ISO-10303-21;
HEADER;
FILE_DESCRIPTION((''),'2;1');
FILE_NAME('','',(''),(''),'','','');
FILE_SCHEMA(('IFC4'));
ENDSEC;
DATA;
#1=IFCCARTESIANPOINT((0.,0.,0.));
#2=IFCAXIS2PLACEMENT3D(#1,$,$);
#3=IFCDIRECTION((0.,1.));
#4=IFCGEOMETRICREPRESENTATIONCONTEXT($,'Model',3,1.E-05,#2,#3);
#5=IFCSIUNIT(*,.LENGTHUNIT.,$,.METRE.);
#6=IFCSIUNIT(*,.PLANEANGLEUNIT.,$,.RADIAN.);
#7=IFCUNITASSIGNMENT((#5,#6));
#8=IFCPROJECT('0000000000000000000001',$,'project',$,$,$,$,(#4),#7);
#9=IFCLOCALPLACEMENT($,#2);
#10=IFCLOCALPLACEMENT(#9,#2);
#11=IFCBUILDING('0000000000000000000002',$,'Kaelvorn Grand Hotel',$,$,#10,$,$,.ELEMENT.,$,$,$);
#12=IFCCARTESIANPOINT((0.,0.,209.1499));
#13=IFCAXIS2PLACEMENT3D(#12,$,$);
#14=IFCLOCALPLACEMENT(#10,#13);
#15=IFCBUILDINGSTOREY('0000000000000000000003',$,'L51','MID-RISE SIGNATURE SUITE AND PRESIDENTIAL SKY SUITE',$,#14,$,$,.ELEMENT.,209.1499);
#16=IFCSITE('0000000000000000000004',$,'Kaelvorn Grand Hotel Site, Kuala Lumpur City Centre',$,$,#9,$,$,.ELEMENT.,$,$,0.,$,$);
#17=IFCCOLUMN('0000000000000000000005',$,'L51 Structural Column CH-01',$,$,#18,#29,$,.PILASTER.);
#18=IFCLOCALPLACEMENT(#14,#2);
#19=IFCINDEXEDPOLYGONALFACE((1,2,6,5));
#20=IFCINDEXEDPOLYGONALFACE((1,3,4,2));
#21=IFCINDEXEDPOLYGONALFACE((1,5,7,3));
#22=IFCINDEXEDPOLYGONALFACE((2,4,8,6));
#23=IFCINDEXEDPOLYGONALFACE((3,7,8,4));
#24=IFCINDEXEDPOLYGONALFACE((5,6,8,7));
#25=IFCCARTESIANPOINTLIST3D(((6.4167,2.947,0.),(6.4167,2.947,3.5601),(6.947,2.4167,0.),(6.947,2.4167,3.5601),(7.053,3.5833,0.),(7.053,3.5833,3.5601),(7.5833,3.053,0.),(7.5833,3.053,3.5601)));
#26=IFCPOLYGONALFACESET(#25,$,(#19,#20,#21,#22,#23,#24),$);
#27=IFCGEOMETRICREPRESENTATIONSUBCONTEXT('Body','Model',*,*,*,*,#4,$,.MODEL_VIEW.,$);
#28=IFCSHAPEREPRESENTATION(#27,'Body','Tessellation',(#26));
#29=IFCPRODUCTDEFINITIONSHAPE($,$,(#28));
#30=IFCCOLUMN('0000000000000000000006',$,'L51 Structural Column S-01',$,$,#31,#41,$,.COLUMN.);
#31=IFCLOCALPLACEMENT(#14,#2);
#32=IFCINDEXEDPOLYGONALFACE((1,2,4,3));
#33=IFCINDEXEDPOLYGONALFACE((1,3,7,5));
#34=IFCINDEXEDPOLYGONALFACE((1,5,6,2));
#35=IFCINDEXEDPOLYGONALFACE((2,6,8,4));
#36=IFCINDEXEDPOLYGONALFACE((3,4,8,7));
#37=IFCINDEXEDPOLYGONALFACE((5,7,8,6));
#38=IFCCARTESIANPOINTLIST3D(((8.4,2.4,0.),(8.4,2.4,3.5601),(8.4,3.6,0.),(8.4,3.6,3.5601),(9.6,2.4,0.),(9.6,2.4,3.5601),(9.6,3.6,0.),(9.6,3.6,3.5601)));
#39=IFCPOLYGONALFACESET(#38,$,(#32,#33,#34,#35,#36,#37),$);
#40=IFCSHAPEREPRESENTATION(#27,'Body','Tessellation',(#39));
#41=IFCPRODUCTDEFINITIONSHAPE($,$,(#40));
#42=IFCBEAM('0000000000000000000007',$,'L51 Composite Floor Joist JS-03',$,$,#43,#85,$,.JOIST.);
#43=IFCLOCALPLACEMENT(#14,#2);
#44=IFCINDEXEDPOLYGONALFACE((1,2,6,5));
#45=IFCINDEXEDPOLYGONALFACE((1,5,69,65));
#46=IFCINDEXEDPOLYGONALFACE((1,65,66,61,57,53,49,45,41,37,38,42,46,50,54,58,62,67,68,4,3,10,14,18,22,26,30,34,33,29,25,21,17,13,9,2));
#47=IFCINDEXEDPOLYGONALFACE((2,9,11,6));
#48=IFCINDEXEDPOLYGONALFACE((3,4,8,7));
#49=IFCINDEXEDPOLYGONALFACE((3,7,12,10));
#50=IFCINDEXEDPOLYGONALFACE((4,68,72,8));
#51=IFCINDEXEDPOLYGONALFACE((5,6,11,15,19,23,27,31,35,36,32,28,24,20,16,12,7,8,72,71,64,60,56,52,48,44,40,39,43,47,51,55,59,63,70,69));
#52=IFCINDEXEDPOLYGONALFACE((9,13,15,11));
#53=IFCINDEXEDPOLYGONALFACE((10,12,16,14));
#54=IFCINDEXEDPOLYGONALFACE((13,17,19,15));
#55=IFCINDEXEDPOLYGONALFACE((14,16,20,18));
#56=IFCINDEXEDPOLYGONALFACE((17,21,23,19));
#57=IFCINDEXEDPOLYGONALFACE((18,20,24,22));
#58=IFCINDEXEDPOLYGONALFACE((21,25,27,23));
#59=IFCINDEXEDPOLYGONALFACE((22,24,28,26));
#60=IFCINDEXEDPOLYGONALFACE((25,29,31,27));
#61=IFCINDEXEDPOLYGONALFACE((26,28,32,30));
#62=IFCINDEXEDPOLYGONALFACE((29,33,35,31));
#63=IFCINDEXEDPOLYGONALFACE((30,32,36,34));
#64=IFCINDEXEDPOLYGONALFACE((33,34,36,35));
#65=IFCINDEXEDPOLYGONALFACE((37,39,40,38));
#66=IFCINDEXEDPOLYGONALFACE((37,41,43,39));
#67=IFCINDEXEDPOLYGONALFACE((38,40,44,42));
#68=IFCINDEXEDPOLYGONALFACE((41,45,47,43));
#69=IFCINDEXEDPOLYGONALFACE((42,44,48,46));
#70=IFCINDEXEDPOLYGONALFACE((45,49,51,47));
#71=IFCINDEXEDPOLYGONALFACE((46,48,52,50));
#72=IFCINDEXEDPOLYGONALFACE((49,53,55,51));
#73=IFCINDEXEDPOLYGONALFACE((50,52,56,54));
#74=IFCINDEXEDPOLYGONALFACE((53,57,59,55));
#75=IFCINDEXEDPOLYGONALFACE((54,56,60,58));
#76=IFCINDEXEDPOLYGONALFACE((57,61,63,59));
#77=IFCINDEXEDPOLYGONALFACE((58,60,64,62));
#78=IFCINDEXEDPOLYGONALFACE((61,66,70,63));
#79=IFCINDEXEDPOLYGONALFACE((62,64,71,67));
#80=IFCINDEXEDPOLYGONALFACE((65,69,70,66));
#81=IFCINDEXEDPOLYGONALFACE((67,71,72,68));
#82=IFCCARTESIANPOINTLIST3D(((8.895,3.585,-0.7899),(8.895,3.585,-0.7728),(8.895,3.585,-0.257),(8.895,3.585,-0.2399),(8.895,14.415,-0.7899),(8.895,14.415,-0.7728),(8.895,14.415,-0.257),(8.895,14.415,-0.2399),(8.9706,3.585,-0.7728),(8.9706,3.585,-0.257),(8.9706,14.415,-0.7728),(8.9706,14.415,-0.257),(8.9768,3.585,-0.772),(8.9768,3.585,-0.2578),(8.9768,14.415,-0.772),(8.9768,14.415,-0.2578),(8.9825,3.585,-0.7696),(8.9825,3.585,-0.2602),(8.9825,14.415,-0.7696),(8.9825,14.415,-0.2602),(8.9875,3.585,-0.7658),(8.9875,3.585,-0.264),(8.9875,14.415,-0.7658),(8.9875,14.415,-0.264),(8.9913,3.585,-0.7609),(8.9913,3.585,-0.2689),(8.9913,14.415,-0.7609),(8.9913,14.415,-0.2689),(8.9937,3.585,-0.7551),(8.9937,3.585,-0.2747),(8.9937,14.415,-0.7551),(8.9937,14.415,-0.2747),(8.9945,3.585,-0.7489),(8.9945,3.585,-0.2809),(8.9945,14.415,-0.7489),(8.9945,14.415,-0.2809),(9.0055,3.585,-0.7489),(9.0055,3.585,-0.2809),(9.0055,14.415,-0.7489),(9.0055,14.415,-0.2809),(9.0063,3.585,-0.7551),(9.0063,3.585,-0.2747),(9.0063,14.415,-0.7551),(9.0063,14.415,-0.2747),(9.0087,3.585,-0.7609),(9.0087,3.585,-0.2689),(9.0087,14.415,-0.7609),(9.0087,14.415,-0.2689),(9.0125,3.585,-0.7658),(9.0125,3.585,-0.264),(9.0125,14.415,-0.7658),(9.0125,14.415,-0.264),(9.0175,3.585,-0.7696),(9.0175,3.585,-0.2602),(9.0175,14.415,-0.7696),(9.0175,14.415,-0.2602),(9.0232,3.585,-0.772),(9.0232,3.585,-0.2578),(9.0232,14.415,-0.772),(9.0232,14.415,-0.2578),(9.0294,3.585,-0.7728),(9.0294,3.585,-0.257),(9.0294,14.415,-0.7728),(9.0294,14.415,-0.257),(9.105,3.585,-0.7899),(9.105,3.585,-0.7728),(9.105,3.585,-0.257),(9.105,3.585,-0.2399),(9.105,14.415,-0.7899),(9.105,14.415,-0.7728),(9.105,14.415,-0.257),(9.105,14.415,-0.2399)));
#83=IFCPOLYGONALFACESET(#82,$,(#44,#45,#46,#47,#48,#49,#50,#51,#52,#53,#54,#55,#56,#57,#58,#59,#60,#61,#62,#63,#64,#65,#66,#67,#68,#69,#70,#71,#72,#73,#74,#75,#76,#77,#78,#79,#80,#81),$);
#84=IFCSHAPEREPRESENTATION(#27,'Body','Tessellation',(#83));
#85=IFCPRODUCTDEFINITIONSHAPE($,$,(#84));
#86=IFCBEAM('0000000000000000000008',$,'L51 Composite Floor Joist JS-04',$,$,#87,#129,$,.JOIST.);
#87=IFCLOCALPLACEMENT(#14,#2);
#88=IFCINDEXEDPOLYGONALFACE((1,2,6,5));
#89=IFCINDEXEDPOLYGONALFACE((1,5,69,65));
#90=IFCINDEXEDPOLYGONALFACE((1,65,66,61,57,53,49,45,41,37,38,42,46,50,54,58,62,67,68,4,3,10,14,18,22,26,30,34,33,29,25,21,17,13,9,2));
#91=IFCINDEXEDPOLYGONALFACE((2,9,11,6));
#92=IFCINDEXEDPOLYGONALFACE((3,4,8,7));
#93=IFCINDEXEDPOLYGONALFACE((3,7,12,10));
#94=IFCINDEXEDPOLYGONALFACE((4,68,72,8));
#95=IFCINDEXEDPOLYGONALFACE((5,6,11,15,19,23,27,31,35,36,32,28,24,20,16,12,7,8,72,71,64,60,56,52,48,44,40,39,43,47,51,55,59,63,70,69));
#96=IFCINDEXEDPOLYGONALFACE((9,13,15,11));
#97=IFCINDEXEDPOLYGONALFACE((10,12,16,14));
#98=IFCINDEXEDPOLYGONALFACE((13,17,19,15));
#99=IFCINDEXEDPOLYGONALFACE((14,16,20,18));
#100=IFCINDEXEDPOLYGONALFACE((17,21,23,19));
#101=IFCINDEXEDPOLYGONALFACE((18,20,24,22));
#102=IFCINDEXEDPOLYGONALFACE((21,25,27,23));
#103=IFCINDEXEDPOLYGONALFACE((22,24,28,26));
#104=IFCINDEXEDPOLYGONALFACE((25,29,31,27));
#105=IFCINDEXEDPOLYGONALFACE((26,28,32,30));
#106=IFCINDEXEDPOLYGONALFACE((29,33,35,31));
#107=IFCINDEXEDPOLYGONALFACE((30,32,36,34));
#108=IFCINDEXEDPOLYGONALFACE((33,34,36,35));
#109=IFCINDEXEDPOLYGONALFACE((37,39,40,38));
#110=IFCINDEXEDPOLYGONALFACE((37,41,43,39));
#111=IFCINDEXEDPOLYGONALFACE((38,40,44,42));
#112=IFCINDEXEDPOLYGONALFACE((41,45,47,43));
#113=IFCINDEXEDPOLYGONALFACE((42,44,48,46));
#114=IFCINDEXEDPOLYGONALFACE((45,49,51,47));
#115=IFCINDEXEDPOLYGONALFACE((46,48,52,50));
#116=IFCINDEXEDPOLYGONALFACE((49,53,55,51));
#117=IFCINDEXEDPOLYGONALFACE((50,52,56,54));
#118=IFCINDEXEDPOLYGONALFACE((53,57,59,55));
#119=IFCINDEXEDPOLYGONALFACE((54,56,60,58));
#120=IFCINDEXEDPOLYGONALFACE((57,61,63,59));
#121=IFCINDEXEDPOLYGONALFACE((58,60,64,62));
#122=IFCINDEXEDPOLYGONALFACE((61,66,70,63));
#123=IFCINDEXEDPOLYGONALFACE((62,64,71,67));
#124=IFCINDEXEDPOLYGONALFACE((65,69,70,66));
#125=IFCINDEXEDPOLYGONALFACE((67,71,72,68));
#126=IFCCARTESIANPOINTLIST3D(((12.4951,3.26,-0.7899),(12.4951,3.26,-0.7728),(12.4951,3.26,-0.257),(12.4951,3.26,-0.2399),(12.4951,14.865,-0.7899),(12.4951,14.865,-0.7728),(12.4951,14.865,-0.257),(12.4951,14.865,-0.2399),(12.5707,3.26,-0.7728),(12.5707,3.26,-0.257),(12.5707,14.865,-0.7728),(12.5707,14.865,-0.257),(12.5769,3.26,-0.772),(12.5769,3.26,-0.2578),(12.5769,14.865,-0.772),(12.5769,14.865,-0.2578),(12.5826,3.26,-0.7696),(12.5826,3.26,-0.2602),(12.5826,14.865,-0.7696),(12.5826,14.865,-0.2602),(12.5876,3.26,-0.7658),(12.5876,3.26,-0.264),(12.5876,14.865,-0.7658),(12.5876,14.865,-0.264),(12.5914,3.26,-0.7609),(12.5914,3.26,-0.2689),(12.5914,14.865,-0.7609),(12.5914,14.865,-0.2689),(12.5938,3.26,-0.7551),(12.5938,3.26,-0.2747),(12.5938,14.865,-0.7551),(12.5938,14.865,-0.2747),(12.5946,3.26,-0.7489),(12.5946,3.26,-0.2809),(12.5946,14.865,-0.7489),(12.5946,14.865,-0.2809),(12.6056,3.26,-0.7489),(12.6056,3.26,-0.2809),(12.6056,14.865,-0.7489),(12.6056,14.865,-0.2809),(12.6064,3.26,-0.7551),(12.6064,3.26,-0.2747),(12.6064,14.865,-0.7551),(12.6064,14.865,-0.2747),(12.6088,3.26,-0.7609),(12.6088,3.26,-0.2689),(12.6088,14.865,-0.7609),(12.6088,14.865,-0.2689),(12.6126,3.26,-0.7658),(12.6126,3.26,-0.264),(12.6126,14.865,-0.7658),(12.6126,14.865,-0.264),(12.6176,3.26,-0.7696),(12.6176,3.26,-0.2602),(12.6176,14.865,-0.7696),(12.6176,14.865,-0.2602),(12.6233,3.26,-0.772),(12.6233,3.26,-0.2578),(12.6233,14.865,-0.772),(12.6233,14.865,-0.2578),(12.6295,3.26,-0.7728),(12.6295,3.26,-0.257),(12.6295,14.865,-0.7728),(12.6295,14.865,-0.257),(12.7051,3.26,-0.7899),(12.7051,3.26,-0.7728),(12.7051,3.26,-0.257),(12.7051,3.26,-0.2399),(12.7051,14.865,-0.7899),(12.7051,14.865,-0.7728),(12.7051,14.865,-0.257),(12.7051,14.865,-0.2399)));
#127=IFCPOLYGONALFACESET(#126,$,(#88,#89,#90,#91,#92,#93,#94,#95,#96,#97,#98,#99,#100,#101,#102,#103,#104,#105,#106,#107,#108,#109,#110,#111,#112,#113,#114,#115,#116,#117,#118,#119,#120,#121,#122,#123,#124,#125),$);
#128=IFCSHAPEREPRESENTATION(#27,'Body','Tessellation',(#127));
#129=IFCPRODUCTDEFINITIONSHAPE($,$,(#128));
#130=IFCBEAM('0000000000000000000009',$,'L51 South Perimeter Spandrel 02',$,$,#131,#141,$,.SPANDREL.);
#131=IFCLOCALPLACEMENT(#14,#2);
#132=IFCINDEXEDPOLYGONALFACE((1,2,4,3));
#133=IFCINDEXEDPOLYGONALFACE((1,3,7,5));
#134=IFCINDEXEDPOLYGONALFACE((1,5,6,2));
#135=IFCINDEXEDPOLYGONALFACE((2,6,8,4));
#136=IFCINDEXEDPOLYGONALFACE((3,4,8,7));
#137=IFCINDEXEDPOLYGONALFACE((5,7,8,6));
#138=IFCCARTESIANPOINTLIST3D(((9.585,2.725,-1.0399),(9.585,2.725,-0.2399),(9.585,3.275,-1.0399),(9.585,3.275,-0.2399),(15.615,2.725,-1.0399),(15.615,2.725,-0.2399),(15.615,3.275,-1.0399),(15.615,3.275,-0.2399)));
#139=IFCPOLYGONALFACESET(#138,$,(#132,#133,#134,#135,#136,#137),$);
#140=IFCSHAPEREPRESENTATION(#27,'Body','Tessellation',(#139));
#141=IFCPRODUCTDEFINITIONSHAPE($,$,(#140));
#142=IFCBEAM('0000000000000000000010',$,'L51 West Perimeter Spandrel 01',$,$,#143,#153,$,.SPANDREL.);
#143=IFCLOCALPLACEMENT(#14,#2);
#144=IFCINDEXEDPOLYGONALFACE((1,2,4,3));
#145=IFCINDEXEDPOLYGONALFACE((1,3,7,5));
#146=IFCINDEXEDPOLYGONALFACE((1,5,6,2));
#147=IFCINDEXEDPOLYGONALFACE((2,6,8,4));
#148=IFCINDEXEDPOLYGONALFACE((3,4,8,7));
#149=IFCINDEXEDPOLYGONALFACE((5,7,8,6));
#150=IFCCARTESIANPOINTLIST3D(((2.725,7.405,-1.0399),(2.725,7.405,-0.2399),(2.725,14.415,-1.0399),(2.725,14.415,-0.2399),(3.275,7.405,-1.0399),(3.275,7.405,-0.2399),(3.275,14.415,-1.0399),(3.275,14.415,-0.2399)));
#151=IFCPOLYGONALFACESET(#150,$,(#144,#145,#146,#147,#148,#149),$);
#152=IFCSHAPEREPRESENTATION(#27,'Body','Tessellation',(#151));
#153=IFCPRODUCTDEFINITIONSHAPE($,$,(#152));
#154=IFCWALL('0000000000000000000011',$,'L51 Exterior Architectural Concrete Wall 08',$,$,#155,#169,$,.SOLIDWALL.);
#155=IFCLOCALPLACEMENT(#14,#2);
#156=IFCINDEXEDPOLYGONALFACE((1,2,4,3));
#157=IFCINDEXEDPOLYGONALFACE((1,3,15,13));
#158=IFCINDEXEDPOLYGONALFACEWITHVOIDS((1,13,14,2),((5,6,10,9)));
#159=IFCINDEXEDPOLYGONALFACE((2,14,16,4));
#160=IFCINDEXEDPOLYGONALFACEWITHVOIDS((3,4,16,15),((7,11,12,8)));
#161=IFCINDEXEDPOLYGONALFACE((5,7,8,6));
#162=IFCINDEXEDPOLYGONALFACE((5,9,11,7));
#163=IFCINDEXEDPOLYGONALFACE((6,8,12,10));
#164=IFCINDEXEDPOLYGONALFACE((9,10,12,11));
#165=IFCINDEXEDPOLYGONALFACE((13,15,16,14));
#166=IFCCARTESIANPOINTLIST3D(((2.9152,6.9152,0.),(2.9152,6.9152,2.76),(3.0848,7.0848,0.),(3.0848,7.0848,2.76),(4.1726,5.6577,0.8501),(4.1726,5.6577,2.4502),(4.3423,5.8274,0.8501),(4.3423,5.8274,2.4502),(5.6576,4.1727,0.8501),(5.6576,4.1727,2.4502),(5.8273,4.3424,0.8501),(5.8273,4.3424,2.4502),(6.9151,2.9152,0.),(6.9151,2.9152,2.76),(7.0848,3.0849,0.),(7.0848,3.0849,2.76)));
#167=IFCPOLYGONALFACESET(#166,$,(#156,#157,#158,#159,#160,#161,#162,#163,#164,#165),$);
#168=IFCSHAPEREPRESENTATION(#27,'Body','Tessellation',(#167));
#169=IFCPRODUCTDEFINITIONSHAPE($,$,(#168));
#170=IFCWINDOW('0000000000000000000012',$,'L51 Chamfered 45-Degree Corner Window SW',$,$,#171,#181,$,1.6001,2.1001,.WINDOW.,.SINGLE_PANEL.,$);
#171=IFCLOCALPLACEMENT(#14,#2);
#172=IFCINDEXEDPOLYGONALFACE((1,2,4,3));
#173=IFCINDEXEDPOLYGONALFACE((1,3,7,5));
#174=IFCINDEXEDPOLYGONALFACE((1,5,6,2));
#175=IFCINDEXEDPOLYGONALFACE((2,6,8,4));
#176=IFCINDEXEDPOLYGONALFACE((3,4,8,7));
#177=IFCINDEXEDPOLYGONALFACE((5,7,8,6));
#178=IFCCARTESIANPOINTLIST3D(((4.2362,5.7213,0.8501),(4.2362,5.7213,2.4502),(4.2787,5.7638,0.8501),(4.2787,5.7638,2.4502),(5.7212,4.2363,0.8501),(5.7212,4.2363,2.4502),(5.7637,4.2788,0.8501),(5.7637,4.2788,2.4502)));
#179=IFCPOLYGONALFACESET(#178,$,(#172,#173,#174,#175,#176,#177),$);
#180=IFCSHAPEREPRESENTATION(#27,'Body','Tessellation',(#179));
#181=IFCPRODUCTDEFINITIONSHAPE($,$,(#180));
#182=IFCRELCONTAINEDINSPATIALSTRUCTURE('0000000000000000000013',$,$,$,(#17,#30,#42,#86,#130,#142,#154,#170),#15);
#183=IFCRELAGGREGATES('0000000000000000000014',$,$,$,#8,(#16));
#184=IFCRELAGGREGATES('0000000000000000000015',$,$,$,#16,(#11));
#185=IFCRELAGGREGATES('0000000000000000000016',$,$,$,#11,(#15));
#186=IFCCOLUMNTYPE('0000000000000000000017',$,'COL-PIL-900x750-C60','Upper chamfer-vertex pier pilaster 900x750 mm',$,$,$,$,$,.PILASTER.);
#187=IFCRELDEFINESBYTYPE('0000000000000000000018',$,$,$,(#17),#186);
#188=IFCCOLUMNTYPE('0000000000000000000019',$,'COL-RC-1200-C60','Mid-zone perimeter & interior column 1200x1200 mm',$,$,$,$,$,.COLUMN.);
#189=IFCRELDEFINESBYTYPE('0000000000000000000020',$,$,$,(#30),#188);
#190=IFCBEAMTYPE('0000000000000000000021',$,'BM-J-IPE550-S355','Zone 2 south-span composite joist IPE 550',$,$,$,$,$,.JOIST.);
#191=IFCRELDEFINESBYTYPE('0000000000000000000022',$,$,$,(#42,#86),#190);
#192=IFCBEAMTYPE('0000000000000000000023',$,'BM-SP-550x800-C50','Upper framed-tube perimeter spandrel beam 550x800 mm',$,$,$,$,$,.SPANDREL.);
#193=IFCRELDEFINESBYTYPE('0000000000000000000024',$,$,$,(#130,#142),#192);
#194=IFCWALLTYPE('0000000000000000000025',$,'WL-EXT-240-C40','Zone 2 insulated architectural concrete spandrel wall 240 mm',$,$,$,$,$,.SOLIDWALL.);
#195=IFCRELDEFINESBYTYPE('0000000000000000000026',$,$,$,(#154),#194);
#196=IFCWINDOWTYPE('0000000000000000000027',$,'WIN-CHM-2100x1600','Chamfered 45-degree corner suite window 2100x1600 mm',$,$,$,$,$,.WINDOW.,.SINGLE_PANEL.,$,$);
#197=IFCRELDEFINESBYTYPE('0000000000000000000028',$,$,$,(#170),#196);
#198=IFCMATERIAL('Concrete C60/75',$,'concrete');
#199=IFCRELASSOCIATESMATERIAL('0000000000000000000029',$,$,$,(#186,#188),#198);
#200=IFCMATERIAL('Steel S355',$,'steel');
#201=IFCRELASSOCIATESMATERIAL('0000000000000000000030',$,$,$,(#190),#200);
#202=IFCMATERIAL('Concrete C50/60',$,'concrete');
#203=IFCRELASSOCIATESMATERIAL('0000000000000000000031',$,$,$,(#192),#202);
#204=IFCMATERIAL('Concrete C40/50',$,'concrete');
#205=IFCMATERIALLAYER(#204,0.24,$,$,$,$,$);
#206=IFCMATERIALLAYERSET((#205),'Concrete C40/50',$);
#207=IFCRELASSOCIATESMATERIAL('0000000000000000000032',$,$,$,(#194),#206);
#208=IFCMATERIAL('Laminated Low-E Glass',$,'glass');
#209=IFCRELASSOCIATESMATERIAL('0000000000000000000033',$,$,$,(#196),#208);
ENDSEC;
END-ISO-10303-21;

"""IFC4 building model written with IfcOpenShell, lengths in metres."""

from ifc_helpers import new_model, si_unit, direction, frame, frame_2d, origin, origin_2d, place, context, subcontext, project, spatial, rectangle, i_section, extrude, material, layer, layer_set, material_profile, profile_set, type_object, element, fill, save


model = new_model("IFC4")

# Units and contexts
model_context = context("Model", 3, precision=1e-05, world=origin(), true_north=direction((0.0, 1.0)))
body_context = subcontext(model_context, "Body", "Model", "MODEL_VIEW")
ifc_project = project(units=[si_unit("LENGTHUNIT", "METRE"), si_unit("PLANEANGLEUNIT", "RADIAN")], contexts=[model_context])

# Site, building, storey
site_placement = place(None, origin())
site = spatial("IfcSite", under=ifc_project, at=site_placement, Name="Kaelvorn Grand Hotel Site, Kuala Lumpur City Centre", CompositionType="ELEMENT", RefElevation=0.0)
building_placement = place(site_placement, origin())
building = spatial("IfcBuilding", under=site, at=building_placement, Name="Kaelvorn Grand Hotel", CompositionType="ELEMENT")
storey_placement = place(building_placement, frame((0.0, 0.0, 209.1499)))
storey = spatial("IfcBuildingStorey", under=building, at=storey_placement, Name="L51", Description="MID-RISE SIGNATURE SUITE AND PRESIDENTIAL SKY SUITE", CompositionType="ELEMENT", Elevation=209.1499)

# Columns
ifc_material_1 = material(Name="Concrete C60/75", Category="concrete")
ifc_material_profile_1 = material_profile(ifc_material_1, rectangle(XDim=0.8999, YDim=0.75, at=origin_2d()), Name="RC PILASTER 900x750")
ifc_profile_set_1 = profile_set([ifc_material_profile_1], Name="Concrete C60/75")
column_type_1 = type_object("IfcColumnType", Name="COL-PIL-900x750-C60", Description="Upper chamfer-vertex pier pilaster 900x750 mm", PredefinedType="PILASTER", material=ifc_profile_set_1)
column_1_placement = place(storey_placement, frame((7.0, 3.0, 0.0), z_axis=(0.0, 0.0, 1.0), x_axis=(0.707107, 0.707107, 0.0)))
element("IfcColumn", 1, at=column_1_placement, inside=storey, type_object=column_type_1, Name="L51 Structural Column CH-01", PredefinedType="PILASTER", context=body_context, shape_type="SweptSolid", body=[
    extrude(rectangle(XDim=0.8999, YDim=0.75, at=origin_2d()), origin(), (0.0, 0.0, 1.0), 3.5601),
])
ifc_material_profile_2 = material_profile(ifc_material_1, rectangle(XDim=1.2, YDim=1.2, at=origin_2d()), Name="RC COL 1200x1200")
ifc_profile_set_2 = profile_set([ifc_material_profile_2], Name="Concrete C60/75")
column_type_2 = type_object("IfcColumnType", Name="COL-RC-1200-C60", Description="Mid-zone perimeter & interior column 1200x1200 mm", PredefinedType="COLUMN", material=ifc_profile_set_2)
column_2_placement = place(storey_placement, frame((9.0, 3.0, 0.0), z_axis=(0.0, 0.0, 1.0), x_axis=(1.0, 0.0, 0.0)))
element("IfcColumn", 2, at=column_2_placement, inside=storey, type_object=column_type_2, Name="L51 Structural Column S-01", PredefinedType="COLUMN", context=body_context, shape_type="SweptSolid", body=[
    extrude(rectangle(XDim=1.2, YDim=1.2, at=origin_2d()), origin(), (0.0, 0.0, 1.0), 3.5601),
])

# Beams
ifc_material_2 = material(Name="Steel S355", Category="steel")
ifc_material_profile_3 = material_profile(ifc_material_2, i_section(OverallWidth=0.21, OverallDepth=0.55, WebThickness=0.011, FlangeThickness=0.0171, FilletRadius=0.0239, at=origin_2d()), Name="IPE 550")
ifc_profile_set_3 = profile_set([ifc_material_profile_3], Name="Steel S355")
beam_type_1 = type_object("IfcBeamType", Name="BM-J-IPE550-S355", Description="Zone 2 south-span composite joist IPE 550", PredefinedType="JOIST", material=ifc_profile_set_3)
beam_1_placement = place(storey_placement, frame((9.0, 3.585, -0.5149), z_axis=(0.0, 1.0, 0.0), x_axis=(-1.0, 0.0, 0.0)))
element("IfcBeam", 3, at=beam_1_placement, inside=storey, type_object=beam_type_1, Name="L51 Composite Floor Joist JS-03", PredefinedType="JOIST", context=body_context, shape_type="SweptSolid", body=[
    extrude(i_section(OverallWidth=0.21, OverallDepth=0.55, WebThickness=0.011, FlangeThickness=0.0171, FilletRadius=0.0239, at=origin_2d()), origin(), (0.0, 0.0, 1.0), 10.8301),
])
beam_2_placement = place(storey_placement, frame((12.6001, 3.26, -0.5149), z_axis=(0.0, 1.0, 0.0), x_axis=(-1.0, 0.0, 0.0)))
element("IfcBeam", 4, at=beam_2_placement, inside=storey, type_object=beam_type_1, Name="L51 Composite Floor Joist JS-04", PredefinedType="JOIST", context=body_context, shape_type="SweptSolid", body=[
    extrude(i_section(OverallWidth=0.21, OverallDepth=0.55, WebThickness=0.011, FlangeThickness=0.0171, FilletRadius=0.0239, at=origin_2d()), origin(), (0.0, 0.0, 1.0), 11.605),
])
ifc_material_3 = material(Name="Concrete C50/60", Category="concrete")
ifc_material_profile_4 = material_profile(ifc_material_3, rectangle(XDim=0.55, YDim=0.8, at=origin_2d()), Name="RC SPANDREL 550x800")
ifc_profile_set_4 = profile_set([ifc_material_profile_4], Name="Concrete C50/60")
beam_type_2 = type_object("IfcBeamType", Name="BM-SP-550x800-C50", Description="Upper framed-tube perimeter spandrel beam 550x800 mm", PredefinedType="SPANDREL", material=ifc_profile_set_4)
beam_3_placement = place(storey_placement, frame((9.585, 3.0, -0.6399), z_axis=(1.0, 0.0, 0.0), x_axis=(0.0, 1.0, 0.0)))
element("IfcBeam", 5, at=beam_3_placement, inside=storey, type_object=beam_type_2, Name="L51 South Perimeter Spandrel 02", PredefinedType="SPANDREL", context=body_context, shape_type="SweptSolid", body=[
    extrude(rectangle(XDim=0.55, YDim=0.8, at=origin_2d()), origin(), (0.0, 0.0, 1.0), 6.03),
])
beam_4_placement = place(storey_placement, frame((3.0, 7.405, -0.6399), z_axis=(0.0, 1.0, 0.0), x_axis=(-1.0, 0.0, 0.0)))
element("IfcBeam", 6, at=beam_4_placement, inside=storey, type_object=beam_type_2, Name="L51 West Perimeter Spandrel 01", PredefinedType="SPANDREL", context=body_context, shape_type="SweptSolid", body=[
    extrude(rectangle(XDim=0.55, YDim=0.8, at=origin_2d()), origin(), (0.0, 0.0, 1.0), 7.01),
])

# Shared definitions
ifc_material_4 = material(Name="Concrete C40/50", Category="concrete")
ifc_layer_1 = layer(ifc_material_4, 0.24)
ifc_layer_set_1 = layer_set([ifc_layer_1], Name="Concrete C40/50")
wall_type_1 = type_object("IfcWallType", Name="WL-EXT-240-C40", Description="Zone 2 insulated architectural concrete spandrel wall 240 mm", PredefinedType="SOLIDWALL", material=ifc_layer_set_1)
ifc_material_5 = material(Name="Laminated Low-E Glass", Category="glass")

# Wall, opening, window
wall_1_placement = place(storey_placement, frame((3.0, 7.0, 0.0), z_axis=(0.0, 0.0, 1.0), x_axis=(0.707107, -0.707107, 0.0)))
wall_1 = element("IfcWall", 7, at=wall_1_placement, inside=storey, type_object=wall_type_1, Name="L51 Exterior Architectural Concrete Wall 08", PredefinedType="SOLIDWALL", context=body_context, shape_type="SweptSolid", body=[
    extrude(rectangle(XDim=5.6567, YDim=0.24, at=frame_2d((2.8284, 0.0))), origin(), (0.0, 0.0, 1.0), 2.76),
])
opening_1_placement = place(wall_1_placement, frame((1.7783, 0.0, 0.8501)))
opening_1 = element("IfcOpeningElement", 8, at=opening_1_placement, cuts=wall_1, PredefinedType="OPENING", context=body_context, shape_type="SweptSolid", body=[
    extrude(rectangle(XDim=2.1001, YDim=1.6001, at=frame_2d((1.05, 0.8))), frame((0.0, 0.1299, 0.0), z_axis=(0.0, -1.0, 0.0), x_axis=(1.0, 0.0, 0.0)), (0.0, 0.0, 1.0), 0.26),
])
window_type_1 = type_object("IfcWindowType", Name="WIN-CHM-2100x1600", Description="Chamfered 45-degree corner suite window 2100x1600 mm", PartitioningType="SINGLE_PANEL", PredefinedType="WINDOW", material=ifc_material_5)
window_1_placement = place(opening_1_placement, origin())
window_1 = element("IfcWindow", 9, at=window_1_placement, inside=storey, type_object=window_type_1, Name="L51 Chamfered 45-Degree Corner Window SW", OverallHeight=1.6001, OverallWidth=2.1001, PartitioningType="SINGLE_PANEL", PredefinedType="WINDOW", context=body_context, shape_type="SweptSolid", body=[
    extrude(rectangle(XDim=2.1001, YDim=1.6001, at=frame_2d((1.05, 0.8))), frame((0.0, 0.03, 0.0), z_axis=(0.0, -1.0, 0.0), x_axis=(1.0, 0.0, 0.0)), (0.0, 0.0, 1.0), 0.0601),
])
fill(opening_1, window_1)

save(model, "model.ifc")
